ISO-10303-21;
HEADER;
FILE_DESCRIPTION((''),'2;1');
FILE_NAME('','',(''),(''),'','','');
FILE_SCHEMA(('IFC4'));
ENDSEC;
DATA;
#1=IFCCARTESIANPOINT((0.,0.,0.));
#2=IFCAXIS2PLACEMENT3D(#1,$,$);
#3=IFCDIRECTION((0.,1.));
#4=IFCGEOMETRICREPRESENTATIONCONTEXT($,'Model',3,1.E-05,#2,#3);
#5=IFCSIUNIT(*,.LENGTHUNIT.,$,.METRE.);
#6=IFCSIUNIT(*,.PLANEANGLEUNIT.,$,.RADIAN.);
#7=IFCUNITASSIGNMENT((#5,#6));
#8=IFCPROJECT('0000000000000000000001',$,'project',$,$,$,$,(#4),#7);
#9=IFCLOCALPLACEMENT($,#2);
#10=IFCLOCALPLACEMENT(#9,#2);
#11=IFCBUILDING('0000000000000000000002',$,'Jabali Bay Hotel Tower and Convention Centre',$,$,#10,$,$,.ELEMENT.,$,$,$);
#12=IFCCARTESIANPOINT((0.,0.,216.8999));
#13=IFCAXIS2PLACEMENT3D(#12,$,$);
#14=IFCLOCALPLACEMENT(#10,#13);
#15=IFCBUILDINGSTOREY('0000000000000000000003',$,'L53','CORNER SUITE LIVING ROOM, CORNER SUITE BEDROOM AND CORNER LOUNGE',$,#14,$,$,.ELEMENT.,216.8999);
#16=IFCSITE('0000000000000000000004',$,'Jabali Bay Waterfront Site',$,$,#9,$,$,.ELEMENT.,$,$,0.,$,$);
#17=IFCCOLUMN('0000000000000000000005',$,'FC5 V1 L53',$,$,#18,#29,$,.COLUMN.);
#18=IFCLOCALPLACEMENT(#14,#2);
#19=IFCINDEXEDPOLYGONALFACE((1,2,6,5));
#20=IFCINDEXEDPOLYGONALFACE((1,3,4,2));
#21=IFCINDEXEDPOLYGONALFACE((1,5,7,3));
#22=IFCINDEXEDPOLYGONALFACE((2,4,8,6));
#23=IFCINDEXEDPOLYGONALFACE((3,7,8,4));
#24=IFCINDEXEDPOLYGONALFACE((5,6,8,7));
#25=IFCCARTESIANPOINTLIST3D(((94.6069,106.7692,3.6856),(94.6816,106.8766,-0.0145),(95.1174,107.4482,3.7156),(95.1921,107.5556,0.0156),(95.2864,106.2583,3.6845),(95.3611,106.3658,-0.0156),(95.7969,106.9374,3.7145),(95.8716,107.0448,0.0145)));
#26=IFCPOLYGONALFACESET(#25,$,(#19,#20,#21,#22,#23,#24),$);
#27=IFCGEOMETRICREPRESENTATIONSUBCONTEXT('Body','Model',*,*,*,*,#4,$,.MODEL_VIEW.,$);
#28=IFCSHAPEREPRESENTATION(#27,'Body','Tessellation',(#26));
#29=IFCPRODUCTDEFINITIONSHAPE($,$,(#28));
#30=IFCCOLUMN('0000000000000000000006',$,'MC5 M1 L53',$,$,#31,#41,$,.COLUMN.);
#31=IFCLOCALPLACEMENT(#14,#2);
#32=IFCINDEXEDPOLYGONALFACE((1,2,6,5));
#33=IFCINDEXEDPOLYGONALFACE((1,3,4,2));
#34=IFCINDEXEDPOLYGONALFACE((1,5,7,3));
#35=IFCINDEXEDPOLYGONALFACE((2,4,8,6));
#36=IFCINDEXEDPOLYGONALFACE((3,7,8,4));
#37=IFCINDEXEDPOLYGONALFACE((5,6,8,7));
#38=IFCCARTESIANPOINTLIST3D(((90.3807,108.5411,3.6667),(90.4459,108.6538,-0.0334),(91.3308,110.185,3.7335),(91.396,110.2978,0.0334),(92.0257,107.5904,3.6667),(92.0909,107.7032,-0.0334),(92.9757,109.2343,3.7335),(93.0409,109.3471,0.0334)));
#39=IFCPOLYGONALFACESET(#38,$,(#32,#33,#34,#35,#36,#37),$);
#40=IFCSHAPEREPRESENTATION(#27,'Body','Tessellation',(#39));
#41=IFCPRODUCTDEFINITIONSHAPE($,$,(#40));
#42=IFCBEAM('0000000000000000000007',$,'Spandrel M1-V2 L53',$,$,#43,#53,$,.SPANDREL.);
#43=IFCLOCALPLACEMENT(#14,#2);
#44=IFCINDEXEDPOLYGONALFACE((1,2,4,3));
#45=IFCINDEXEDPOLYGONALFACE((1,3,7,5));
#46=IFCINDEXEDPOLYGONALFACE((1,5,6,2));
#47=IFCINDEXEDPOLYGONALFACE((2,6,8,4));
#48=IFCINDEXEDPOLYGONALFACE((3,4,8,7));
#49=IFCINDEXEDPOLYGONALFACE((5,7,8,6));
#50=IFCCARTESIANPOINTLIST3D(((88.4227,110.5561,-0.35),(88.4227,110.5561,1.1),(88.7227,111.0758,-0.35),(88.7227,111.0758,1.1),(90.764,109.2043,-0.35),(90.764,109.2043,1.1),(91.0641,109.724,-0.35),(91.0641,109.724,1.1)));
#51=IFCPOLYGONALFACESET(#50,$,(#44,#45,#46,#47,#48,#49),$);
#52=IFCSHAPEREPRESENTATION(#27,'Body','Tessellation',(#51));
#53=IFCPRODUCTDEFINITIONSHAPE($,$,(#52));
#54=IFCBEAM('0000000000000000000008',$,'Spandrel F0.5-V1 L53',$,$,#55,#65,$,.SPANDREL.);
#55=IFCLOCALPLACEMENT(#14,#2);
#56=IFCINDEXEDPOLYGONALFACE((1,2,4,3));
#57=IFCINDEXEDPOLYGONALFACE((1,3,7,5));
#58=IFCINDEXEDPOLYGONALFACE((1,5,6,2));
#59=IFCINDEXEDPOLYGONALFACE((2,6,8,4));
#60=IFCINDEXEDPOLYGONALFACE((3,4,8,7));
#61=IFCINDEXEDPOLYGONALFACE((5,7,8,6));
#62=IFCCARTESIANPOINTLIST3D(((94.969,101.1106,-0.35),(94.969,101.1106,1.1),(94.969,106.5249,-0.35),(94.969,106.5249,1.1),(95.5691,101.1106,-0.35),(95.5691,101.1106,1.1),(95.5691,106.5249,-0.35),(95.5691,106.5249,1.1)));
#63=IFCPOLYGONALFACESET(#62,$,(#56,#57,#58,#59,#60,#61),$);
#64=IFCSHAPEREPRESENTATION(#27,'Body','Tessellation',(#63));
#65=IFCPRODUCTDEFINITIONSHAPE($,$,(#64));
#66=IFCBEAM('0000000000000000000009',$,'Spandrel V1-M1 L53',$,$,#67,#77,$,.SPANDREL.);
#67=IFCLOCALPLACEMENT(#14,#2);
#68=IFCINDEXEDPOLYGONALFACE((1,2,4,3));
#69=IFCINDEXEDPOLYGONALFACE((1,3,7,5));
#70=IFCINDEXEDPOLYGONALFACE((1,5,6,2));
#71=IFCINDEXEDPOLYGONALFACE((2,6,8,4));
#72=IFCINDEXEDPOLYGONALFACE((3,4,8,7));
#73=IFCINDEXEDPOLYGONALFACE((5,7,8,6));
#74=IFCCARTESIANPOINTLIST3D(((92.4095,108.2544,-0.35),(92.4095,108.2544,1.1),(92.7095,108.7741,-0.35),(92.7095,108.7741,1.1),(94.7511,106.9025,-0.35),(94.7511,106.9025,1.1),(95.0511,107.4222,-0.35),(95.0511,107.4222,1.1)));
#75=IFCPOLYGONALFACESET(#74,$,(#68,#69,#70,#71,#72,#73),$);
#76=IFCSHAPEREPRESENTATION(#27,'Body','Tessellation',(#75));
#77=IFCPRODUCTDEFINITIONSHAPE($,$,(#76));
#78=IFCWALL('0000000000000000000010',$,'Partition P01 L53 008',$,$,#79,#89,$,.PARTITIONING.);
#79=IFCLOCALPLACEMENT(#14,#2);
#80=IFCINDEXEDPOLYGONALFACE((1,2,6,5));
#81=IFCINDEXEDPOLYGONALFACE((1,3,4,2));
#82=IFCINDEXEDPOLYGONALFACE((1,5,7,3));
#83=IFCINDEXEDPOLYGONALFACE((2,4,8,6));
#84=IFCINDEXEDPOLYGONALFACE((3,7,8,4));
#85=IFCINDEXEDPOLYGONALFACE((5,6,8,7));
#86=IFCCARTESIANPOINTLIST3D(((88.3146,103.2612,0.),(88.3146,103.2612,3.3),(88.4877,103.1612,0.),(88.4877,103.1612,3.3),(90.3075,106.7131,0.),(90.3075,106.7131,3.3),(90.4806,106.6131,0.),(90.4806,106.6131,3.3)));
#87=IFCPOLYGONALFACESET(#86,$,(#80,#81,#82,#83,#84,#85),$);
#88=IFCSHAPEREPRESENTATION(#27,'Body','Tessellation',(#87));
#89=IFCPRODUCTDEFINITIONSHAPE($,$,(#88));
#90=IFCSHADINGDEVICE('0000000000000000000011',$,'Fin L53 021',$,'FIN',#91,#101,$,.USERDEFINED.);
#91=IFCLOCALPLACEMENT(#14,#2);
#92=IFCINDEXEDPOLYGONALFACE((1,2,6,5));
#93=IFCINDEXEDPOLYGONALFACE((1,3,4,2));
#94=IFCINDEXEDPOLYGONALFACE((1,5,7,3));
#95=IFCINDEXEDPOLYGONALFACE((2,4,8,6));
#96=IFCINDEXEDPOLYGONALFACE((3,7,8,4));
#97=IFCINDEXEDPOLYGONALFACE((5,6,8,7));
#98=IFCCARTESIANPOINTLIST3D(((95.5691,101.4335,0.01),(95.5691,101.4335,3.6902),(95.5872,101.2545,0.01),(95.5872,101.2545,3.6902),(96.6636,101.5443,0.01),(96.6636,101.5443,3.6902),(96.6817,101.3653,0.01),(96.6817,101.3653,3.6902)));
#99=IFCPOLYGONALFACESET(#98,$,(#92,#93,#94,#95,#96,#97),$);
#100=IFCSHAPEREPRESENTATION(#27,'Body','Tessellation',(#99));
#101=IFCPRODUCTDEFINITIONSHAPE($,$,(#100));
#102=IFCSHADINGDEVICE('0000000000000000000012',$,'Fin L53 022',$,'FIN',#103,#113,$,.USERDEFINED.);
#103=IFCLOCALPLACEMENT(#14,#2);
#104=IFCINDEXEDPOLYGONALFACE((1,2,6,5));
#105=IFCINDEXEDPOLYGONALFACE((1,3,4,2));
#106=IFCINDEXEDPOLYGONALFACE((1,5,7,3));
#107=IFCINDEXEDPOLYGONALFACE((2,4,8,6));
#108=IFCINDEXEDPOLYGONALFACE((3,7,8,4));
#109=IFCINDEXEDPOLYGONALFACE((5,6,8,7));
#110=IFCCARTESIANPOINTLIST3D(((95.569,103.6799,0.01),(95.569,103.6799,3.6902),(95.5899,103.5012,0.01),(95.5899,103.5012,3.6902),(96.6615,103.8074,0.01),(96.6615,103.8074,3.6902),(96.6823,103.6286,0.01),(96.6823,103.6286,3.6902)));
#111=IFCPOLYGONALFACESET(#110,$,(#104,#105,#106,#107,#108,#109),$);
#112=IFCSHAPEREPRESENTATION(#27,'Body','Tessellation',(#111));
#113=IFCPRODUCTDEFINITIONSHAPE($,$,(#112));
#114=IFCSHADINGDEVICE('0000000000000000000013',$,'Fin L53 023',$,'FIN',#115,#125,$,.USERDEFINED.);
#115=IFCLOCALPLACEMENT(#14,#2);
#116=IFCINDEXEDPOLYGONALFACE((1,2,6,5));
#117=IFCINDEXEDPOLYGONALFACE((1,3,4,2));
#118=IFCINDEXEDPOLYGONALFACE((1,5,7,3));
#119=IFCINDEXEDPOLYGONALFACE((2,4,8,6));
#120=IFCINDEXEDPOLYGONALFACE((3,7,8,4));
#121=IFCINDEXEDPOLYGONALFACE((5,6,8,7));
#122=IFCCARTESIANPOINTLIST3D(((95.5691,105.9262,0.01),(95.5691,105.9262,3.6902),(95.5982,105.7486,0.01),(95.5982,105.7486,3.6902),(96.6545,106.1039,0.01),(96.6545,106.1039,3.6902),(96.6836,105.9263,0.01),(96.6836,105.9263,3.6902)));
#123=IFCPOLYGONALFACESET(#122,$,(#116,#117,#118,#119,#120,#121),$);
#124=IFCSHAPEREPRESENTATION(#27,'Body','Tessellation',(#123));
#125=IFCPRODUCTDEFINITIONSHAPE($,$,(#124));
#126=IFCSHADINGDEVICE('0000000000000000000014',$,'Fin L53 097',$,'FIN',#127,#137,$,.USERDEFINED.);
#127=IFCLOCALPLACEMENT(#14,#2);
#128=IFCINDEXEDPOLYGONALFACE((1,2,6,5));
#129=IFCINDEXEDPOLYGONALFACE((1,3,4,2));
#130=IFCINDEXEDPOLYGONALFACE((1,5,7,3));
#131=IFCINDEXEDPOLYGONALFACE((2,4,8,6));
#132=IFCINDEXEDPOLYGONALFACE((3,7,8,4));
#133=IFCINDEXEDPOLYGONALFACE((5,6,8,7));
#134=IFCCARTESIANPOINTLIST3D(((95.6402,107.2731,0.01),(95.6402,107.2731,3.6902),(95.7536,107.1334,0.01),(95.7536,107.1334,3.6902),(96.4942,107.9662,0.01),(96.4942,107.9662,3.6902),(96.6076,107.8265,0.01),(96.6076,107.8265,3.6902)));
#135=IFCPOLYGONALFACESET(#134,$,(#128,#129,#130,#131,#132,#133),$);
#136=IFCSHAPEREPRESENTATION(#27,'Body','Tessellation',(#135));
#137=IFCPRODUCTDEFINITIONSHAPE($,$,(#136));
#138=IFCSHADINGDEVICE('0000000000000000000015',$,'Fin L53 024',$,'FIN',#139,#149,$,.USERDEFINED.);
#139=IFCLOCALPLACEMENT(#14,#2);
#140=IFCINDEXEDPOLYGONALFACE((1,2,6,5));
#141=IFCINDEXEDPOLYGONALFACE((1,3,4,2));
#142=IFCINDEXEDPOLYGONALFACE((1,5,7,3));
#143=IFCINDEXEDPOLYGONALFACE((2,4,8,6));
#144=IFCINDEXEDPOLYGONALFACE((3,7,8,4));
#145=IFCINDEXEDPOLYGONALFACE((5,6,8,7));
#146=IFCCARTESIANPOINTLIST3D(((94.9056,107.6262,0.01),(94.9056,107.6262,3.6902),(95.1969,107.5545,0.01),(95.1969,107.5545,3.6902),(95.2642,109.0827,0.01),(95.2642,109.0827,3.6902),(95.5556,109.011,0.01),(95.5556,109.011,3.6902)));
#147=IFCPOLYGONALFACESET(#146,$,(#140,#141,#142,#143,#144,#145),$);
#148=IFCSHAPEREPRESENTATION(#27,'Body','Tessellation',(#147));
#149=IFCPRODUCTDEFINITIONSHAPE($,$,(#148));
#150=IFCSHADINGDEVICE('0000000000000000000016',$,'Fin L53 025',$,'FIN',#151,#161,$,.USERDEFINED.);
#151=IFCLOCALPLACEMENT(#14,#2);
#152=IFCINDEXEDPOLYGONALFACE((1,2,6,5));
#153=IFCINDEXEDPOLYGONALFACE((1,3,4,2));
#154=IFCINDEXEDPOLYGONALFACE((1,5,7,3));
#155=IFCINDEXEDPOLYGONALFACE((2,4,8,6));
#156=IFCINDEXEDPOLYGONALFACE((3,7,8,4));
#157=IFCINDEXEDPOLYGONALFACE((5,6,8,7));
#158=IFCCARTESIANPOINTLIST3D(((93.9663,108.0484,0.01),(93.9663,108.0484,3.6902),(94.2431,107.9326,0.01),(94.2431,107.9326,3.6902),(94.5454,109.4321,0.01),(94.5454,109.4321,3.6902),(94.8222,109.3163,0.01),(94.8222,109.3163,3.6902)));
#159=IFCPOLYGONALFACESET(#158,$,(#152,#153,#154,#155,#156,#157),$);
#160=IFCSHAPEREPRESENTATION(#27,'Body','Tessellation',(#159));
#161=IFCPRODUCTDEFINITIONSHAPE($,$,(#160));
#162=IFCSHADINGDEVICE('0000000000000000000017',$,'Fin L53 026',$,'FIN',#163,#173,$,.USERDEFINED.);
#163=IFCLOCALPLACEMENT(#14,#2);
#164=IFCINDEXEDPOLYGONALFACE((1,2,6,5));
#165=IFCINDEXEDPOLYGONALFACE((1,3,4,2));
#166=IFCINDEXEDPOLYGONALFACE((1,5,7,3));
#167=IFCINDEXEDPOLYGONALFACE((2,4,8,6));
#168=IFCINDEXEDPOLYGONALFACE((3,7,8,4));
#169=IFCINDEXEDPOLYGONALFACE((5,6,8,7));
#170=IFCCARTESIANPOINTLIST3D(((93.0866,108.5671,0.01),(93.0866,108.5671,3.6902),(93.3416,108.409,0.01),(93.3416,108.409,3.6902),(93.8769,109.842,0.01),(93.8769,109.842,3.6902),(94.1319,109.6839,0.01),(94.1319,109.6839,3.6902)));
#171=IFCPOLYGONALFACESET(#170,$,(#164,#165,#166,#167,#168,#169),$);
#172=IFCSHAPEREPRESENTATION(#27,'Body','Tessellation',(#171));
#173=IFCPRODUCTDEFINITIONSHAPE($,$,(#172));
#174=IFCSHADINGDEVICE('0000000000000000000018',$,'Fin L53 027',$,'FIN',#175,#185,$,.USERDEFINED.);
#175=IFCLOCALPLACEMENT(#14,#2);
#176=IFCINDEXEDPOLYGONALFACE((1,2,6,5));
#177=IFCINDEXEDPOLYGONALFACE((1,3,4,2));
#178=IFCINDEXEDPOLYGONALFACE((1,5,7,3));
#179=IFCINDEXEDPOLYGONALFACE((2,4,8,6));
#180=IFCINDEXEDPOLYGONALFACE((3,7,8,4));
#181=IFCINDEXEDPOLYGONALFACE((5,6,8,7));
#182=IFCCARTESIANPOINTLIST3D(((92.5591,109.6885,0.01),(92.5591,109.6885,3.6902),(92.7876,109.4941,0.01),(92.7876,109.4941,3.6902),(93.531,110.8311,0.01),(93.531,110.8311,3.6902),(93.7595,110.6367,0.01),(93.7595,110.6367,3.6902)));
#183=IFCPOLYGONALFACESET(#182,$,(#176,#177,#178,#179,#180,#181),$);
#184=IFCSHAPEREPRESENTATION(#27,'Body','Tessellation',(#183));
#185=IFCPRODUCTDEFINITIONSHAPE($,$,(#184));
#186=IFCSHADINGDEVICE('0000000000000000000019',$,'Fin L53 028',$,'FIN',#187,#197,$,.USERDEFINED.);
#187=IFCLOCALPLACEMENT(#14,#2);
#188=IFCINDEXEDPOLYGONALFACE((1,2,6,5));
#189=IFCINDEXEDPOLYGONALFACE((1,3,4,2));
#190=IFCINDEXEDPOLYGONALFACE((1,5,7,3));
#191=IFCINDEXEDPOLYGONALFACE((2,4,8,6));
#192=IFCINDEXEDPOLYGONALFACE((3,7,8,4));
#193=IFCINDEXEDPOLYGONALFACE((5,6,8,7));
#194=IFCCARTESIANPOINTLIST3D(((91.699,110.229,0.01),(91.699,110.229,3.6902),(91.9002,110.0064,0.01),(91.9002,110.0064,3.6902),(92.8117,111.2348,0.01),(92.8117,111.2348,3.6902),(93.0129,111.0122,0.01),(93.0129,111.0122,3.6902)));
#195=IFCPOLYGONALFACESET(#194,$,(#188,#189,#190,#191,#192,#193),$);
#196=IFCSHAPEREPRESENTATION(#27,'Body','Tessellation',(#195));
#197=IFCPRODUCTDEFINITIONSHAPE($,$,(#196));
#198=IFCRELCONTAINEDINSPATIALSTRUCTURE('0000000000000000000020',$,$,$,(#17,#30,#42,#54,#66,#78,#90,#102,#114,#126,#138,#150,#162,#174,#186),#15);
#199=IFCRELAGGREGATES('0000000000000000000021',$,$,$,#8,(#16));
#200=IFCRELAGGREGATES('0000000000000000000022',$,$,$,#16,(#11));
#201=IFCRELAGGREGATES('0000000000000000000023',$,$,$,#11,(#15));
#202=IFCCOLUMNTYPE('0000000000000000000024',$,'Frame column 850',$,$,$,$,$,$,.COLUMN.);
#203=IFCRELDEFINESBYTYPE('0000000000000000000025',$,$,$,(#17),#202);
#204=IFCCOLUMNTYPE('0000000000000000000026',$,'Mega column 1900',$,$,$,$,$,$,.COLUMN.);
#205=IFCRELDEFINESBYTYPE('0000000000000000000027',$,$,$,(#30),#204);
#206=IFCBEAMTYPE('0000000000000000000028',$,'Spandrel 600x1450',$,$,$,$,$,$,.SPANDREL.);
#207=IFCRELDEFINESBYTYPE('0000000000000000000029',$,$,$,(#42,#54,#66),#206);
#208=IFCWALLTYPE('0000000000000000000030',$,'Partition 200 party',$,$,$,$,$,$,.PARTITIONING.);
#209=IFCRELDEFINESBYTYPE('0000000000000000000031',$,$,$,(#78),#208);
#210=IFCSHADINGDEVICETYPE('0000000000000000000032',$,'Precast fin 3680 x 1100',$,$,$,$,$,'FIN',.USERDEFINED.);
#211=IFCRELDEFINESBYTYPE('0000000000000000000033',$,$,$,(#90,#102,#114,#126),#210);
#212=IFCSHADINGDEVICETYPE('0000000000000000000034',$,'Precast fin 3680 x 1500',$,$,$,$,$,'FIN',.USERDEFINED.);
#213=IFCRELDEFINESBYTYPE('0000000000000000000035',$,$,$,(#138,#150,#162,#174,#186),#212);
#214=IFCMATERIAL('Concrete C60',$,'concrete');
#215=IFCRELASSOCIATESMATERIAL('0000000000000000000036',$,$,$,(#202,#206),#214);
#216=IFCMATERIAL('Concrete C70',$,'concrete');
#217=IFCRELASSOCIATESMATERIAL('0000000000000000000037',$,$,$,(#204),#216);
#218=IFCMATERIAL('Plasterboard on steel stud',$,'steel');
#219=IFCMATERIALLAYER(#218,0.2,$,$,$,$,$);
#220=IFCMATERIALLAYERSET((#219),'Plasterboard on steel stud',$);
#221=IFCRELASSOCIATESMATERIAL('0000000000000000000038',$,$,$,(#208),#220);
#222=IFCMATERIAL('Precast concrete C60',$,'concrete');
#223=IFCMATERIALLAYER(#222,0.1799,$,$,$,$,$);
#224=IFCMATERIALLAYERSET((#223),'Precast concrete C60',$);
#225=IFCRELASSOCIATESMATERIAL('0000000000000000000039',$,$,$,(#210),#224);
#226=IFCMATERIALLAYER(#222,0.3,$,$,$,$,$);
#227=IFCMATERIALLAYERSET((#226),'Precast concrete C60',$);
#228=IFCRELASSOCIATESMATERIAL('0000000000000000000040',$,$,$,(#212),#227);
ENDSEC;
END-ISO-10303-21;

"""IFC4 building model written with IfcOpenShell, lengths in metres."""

from ifc_helpers import new_model, si_unit, direction, frame, frame_2d, origin, origin_2d, place, context, subcontext, project, spatial, rectangle, extrude, material, layer, layer_set, material_profile, profile_set, type_object, element, save


model = new_model("IFC4")

# Units and contexts
model_context = context("Model", 3, precision=1e-05, world=origin(), true_north=direction((0.0, 1.0)))
body_context = subcontext(model_context, "Body", "Model", "MODEL_VIEW")
ifc_project = project(units=[si_unit("LENGTHUNIT", "METRE"), si_unit("PLANEANGLEUNIT", "RADIAN")], contexts=[model_context])

# Site, building, storey
site_placement = place(None, origin())
site = spatial("IfcSite", under=ifc_project, at=site_placement, Name="Jabali Bay Waterfront Site", CompositionType="ELEMENT", RefElevation=0.0)
building_placement = place(site_placement, origin())
building = spatial("IfcBuilding", under=site, at=building_placement, Name="Jabali Bay Hotel Tower and Convention Centre", CompositionType="ELEMENT")
storey_placement = place(building_placement, frame((0.0, 0.0, 216.8999)))
storey = spatial("IfcBuildingStorey", under=building, at=storey_placement, Name="L53", Description="CORNER SUITE LIVING ROOM, CORNER SUITE BEDROOM AND CORNER LOUNGE", CompositionType="ELEMENT", Elevation=216.8999)

# Columns
ifc_material_1 = material(Name="Concrete C60", Category="concrete")
ifc_material_profile_1 = material_profile(ifc_material_1, rectangle(XDim=0.8501, YDim=0.8501, at=origin_2d()), Name="Frame column 850")
ifc_profile_set_1 = profile_set([ifc_material_profile_1], Name="Concrete C60")
column_type_1 = type_object("IfcColumnType", Name="Frame column 850", PredefinedType="COLUMN", material=ifc_profile_set_1)
column_1_placement = place(storey_placement, frame((95.2766, 106.9607, 0.0), z_axis=(-0.020177, -0.029013, 0.999375), x_axis=(0.600582, 0.798783, 0.035316)))
element("IfcColumn", 1, at=column_1_placement, inside=storey, type_object=column_type_1, Name="FC5 V1 L53", PredefinedType="COLUMN", context=body_context, shape_type="SweptSolid", body=[
    extrude(rectangle(XDim=0.8501, YDim=0.8501, at=origin_2d()), origin(), (0.0, 0.0, 1.0), 3.7024),
])
ifc_material_2 = material(Name="Concrete C70", Category="concrete")
ifc_material_profile_2 = material_profile(ifc_material_2, rectangle(XDim=1.8999, YDim=1.8999, at=origin_2d()), Name="Mega column 1900")
ifc_profile_set_2 = profile_set([ifc_material_profile_2], Name="Concrete C70")
column_type_2 = type_object("IfcColumnType", Name="Mega column 1900", PredefinedType="COLUMN", material=ifc_profile_set_2)
column_2_placement = place(storey_placement, frame((91.7434, 109.0005, 0.0), z_axis=(-0.017606, -0.030464, 0.999381), x_axis=(0.865811, -0.500371, 0.0)))
element("IfcColumn", 2, at=column_2_placement, inside=storey, type_object=column_type_2, Name="MC5 M1 L53", PredefinedType="COLUMN", context=body_context, shape_type="SweptSolid", body=[
    extrude(rectangle(XDim=1.8999, YDim=1.8999, at=origin_2d()), origin(), (0.0, 0.0, 1.0), 3.7024),
])

# Beams
ifc_material_profile_3 = material_profile(ifc_material_1, rectangle(XDim=0.6001, YDim=1.45, at=origin_2d()), Name="Spandrel 600x1450")
ifc_profile_set_3 = profile_set([ifc_material_profile_3], Name="Concrete C60")
beam_type = type_object("IfcBeamType", Name="Spandrel 600x1450", PredefinedType="SPANDREL", material=ifc_profile_set_3)
beam_1_placement = place(storey_placement, frame((90.9141, 109.4641, 0.375), z_axis=(-0.866017, 0.500014, 0.0), x_axis=(-0.500014, -0.866017, 0.0)))
element("IfcBeam", 3, at=beam_1_placement, inside=storey, type_object=beam_type, Name="Spandrel M1-V2 L53", PredefinedType="SPANDREL", context=body_context, shape_type="SweptSolid", body=[
    extrude(rectangle(XDim=0.6001, YDim=1.45, at=origin_2d()), origin(), (0.0, 0.0, 1.0), 2.7036),
])
beam_2_placement = place(storey_placement, frame((95.269, 101.1106, 0.375), z_axis=(0.0, 1.0, 0.0), x_axis=(-1.0, 0.0, 0.0)))
element("IfcBeam", 4, at=beam_2_placement, inside=storey, type_object=beam_type, Name="Spandrel F0.5-V1 L53", PredefinedType="SPANDREL", context=body_context, shape_type="SweptSolid", body=[
    extrude(rectangle(XDim=0.6001, YDim=1.45, at=origin_2d()), origin(), (0.0, 0.0, 1.0), 5.4143),
])
beam_3_placement = place(storey_placement, frame((94.9011, 107.1624, 0.375), z_axis=(-0.86604, 0.499975, 0.0), x_axis=(-0.499975, -0.86604, 0.0)))
element("IfcBeam", 5, at=beam_3_placement, inside=storey, type_object=beam_type, Name="Spandrel V1-M1 L53", PredefinedType="SPANDREL", context=body_context, shape_type="SweptSolid", body=[
    extrude(rectangle(XDim=0.6001, YDim=1.45, at=origin_2d()), origin(), (0.0, 0.0, 1.0), 2.7039),
])

# Wall
ifc_material_3 = material(Name="Plasterboard on steel stud", Category="steel")
ifc_layer_1 = layer(ifc_material_3, 0.2)
ifc_layer_set_1 = layer_set([ifc_layer_1], Name="Plasterboard on steel stud")
wall_type_1 = type_object("IfcWallType", Name="Partition 200 party", PredefinedType="PARTITIONING", material=ifc_layer_set_1)
wall_1_placement = place(storey_placement, frame((90.394, 106.6631, 0.0), z_axis=(0.0, 0.0, 1.0), x_axis=(-0.499993, -0.86603, 0.0)))
element("IfcWall", 6, at=wall_1_placement, inside=storey, type_object=wall_type_1, Name="Partition P01 L53 008", PredefinedType="PARTITIONING", context=body_context, shape_type="SweptSolid", body=[
    extrude(rectangle(XDim=3.9858, YDim=0.2, at=frame_2d((1.9929, 0.0))), origin(), (0.0, 0.0, 1.0), 3.3),
])

# Shading devices
ifc_material_4 = material(Name="Precast concrete C60", Category="concrete")
ifc_layer_2 = layer(ifc_material_4, 0.1799)
ifc_layer_set_2 = layer_set([ifc_layer_2], Name="Precast concrete C60")
shading_device_type_1 = type_object("IfcShadingDeviceType", Name="Precast fin 3680 x 1100", ElementType="FIN", PredefinedType="USERDEFINED", material=ifc_layer_set_2)
shading_device_1_placement = place(storey_placement, frame((95.5781, 101.344, 0.01), z_axis=(0.0, 0.0, 1.0), x_axis=(0.994911, 0.100756, 0.0)))
element("IfcShadingDevice", 7, at=shading_device_1_placement, inside=storey, type_object=shading_device_type_1, Name="Fin L53 021", ObjectType="FIN", PredefinedType="USERDEFINED", context=body_context, shape_type="SweptSolid", body=[
    extrude(rectangle(XDim=1.1001, YDim=0.1799, at=frame_2d((0.55, 0.0))), origin(), (0.0, 0.0, 1.0), 3.6802),
])
for number, where, z_axis, x_axis, name in (
    (8, (95.5796, 103.5906, 0.01), (0.0, 0.0, 1.0), (0.993265, 0.115862, 0.0), "Fin L53 022"),
    (9, (95.5837, 105.8374, 0.01), (0.0, 0.0, 1.0), (0.986858, 0.161591, 0.0), "Fin L53 023"),
    (10, (95.697, 107.2034, 0.01), (0.0, 0.0, 1.0), (0.776453, 0.630175, 0.0), "Fin L53 097"),
):
    element("IfcShadingDevice", number, at=place(storey_placement, frame(where, z_axis=z_axis, x_axis=x_axis)), inside=storey, type_object=shading_device_type_1, Name=name, ObjectType="FIN", PredefinedType="USERDEFINED", context=body_context, shape_type="SweptSolid", body=[
        extrude(rectangle(XDim=1.0999, YDim=0.1799, at=frame_2d((0.5498, 0.0))), origin(), (0.0, 0.0, 1.0), 3.6802),
    ])
ifc_layer_3 = layer(ifc_material_4, 0.3)
ifc_layer_set_3 = layer_set([ifc_layer_3], Name="Precast concrete C60")
shading_device_type_2 = type_object("IfcShadingDeviceType", Name="Precast fin 3680 x 1500", ElementType="FIN", PredefinedType="USERDEFINED", material=ifc_layer_set_3)
for number, where, z_axis, x_axis, name in (
    (11, (95.0513, 107.5903, 0.01), (0.0, 0.0, 1.0), (0.239088, 0.970998, 0.0), "Fin L53 024"),
    (12, (94.1047, 107.9905, 0.01), (0.0, 0.0, 1.0), (0.386048, 0.922479, 0.0), "Fin L53 025"),
    (13, (93.2141, 108.488, 0.01), (0.0, 0.0, 1.0), (0.526864, 0.849949, 0.0), "Fin L53 026"),
    (14, (92.6733, 109.5913, 0.01), (0.0, 0.0, 1.0), (0.647932, 0.761698, 0.0), "Fin L53 027"),
    (15, (91.7996, 110.1177, 0.01), (0.0, 0.0, 1.0), (0.741852, 0.670564, 0.0), "Fin L53 028"),
):
    element("IfcShadingDevice", number, at=place(storey_placement, frame(where, z_axis=z_axis, x_axis=x_axis)), inside=storey, type_object=shading_device_type_2, Name=name, ObjectType="FIN", PredefinedType="USERDEFINED", context=body_context, shape_type="SweptSolid", body=[
        extrude(rectangle(XDim=1.5, YDim=0.3, at=frame_2d((0.75, 0.0))), origin(), (0.0, 0.0, 1.0), 3.6802),
    ])

save(model, "model.ifc")
